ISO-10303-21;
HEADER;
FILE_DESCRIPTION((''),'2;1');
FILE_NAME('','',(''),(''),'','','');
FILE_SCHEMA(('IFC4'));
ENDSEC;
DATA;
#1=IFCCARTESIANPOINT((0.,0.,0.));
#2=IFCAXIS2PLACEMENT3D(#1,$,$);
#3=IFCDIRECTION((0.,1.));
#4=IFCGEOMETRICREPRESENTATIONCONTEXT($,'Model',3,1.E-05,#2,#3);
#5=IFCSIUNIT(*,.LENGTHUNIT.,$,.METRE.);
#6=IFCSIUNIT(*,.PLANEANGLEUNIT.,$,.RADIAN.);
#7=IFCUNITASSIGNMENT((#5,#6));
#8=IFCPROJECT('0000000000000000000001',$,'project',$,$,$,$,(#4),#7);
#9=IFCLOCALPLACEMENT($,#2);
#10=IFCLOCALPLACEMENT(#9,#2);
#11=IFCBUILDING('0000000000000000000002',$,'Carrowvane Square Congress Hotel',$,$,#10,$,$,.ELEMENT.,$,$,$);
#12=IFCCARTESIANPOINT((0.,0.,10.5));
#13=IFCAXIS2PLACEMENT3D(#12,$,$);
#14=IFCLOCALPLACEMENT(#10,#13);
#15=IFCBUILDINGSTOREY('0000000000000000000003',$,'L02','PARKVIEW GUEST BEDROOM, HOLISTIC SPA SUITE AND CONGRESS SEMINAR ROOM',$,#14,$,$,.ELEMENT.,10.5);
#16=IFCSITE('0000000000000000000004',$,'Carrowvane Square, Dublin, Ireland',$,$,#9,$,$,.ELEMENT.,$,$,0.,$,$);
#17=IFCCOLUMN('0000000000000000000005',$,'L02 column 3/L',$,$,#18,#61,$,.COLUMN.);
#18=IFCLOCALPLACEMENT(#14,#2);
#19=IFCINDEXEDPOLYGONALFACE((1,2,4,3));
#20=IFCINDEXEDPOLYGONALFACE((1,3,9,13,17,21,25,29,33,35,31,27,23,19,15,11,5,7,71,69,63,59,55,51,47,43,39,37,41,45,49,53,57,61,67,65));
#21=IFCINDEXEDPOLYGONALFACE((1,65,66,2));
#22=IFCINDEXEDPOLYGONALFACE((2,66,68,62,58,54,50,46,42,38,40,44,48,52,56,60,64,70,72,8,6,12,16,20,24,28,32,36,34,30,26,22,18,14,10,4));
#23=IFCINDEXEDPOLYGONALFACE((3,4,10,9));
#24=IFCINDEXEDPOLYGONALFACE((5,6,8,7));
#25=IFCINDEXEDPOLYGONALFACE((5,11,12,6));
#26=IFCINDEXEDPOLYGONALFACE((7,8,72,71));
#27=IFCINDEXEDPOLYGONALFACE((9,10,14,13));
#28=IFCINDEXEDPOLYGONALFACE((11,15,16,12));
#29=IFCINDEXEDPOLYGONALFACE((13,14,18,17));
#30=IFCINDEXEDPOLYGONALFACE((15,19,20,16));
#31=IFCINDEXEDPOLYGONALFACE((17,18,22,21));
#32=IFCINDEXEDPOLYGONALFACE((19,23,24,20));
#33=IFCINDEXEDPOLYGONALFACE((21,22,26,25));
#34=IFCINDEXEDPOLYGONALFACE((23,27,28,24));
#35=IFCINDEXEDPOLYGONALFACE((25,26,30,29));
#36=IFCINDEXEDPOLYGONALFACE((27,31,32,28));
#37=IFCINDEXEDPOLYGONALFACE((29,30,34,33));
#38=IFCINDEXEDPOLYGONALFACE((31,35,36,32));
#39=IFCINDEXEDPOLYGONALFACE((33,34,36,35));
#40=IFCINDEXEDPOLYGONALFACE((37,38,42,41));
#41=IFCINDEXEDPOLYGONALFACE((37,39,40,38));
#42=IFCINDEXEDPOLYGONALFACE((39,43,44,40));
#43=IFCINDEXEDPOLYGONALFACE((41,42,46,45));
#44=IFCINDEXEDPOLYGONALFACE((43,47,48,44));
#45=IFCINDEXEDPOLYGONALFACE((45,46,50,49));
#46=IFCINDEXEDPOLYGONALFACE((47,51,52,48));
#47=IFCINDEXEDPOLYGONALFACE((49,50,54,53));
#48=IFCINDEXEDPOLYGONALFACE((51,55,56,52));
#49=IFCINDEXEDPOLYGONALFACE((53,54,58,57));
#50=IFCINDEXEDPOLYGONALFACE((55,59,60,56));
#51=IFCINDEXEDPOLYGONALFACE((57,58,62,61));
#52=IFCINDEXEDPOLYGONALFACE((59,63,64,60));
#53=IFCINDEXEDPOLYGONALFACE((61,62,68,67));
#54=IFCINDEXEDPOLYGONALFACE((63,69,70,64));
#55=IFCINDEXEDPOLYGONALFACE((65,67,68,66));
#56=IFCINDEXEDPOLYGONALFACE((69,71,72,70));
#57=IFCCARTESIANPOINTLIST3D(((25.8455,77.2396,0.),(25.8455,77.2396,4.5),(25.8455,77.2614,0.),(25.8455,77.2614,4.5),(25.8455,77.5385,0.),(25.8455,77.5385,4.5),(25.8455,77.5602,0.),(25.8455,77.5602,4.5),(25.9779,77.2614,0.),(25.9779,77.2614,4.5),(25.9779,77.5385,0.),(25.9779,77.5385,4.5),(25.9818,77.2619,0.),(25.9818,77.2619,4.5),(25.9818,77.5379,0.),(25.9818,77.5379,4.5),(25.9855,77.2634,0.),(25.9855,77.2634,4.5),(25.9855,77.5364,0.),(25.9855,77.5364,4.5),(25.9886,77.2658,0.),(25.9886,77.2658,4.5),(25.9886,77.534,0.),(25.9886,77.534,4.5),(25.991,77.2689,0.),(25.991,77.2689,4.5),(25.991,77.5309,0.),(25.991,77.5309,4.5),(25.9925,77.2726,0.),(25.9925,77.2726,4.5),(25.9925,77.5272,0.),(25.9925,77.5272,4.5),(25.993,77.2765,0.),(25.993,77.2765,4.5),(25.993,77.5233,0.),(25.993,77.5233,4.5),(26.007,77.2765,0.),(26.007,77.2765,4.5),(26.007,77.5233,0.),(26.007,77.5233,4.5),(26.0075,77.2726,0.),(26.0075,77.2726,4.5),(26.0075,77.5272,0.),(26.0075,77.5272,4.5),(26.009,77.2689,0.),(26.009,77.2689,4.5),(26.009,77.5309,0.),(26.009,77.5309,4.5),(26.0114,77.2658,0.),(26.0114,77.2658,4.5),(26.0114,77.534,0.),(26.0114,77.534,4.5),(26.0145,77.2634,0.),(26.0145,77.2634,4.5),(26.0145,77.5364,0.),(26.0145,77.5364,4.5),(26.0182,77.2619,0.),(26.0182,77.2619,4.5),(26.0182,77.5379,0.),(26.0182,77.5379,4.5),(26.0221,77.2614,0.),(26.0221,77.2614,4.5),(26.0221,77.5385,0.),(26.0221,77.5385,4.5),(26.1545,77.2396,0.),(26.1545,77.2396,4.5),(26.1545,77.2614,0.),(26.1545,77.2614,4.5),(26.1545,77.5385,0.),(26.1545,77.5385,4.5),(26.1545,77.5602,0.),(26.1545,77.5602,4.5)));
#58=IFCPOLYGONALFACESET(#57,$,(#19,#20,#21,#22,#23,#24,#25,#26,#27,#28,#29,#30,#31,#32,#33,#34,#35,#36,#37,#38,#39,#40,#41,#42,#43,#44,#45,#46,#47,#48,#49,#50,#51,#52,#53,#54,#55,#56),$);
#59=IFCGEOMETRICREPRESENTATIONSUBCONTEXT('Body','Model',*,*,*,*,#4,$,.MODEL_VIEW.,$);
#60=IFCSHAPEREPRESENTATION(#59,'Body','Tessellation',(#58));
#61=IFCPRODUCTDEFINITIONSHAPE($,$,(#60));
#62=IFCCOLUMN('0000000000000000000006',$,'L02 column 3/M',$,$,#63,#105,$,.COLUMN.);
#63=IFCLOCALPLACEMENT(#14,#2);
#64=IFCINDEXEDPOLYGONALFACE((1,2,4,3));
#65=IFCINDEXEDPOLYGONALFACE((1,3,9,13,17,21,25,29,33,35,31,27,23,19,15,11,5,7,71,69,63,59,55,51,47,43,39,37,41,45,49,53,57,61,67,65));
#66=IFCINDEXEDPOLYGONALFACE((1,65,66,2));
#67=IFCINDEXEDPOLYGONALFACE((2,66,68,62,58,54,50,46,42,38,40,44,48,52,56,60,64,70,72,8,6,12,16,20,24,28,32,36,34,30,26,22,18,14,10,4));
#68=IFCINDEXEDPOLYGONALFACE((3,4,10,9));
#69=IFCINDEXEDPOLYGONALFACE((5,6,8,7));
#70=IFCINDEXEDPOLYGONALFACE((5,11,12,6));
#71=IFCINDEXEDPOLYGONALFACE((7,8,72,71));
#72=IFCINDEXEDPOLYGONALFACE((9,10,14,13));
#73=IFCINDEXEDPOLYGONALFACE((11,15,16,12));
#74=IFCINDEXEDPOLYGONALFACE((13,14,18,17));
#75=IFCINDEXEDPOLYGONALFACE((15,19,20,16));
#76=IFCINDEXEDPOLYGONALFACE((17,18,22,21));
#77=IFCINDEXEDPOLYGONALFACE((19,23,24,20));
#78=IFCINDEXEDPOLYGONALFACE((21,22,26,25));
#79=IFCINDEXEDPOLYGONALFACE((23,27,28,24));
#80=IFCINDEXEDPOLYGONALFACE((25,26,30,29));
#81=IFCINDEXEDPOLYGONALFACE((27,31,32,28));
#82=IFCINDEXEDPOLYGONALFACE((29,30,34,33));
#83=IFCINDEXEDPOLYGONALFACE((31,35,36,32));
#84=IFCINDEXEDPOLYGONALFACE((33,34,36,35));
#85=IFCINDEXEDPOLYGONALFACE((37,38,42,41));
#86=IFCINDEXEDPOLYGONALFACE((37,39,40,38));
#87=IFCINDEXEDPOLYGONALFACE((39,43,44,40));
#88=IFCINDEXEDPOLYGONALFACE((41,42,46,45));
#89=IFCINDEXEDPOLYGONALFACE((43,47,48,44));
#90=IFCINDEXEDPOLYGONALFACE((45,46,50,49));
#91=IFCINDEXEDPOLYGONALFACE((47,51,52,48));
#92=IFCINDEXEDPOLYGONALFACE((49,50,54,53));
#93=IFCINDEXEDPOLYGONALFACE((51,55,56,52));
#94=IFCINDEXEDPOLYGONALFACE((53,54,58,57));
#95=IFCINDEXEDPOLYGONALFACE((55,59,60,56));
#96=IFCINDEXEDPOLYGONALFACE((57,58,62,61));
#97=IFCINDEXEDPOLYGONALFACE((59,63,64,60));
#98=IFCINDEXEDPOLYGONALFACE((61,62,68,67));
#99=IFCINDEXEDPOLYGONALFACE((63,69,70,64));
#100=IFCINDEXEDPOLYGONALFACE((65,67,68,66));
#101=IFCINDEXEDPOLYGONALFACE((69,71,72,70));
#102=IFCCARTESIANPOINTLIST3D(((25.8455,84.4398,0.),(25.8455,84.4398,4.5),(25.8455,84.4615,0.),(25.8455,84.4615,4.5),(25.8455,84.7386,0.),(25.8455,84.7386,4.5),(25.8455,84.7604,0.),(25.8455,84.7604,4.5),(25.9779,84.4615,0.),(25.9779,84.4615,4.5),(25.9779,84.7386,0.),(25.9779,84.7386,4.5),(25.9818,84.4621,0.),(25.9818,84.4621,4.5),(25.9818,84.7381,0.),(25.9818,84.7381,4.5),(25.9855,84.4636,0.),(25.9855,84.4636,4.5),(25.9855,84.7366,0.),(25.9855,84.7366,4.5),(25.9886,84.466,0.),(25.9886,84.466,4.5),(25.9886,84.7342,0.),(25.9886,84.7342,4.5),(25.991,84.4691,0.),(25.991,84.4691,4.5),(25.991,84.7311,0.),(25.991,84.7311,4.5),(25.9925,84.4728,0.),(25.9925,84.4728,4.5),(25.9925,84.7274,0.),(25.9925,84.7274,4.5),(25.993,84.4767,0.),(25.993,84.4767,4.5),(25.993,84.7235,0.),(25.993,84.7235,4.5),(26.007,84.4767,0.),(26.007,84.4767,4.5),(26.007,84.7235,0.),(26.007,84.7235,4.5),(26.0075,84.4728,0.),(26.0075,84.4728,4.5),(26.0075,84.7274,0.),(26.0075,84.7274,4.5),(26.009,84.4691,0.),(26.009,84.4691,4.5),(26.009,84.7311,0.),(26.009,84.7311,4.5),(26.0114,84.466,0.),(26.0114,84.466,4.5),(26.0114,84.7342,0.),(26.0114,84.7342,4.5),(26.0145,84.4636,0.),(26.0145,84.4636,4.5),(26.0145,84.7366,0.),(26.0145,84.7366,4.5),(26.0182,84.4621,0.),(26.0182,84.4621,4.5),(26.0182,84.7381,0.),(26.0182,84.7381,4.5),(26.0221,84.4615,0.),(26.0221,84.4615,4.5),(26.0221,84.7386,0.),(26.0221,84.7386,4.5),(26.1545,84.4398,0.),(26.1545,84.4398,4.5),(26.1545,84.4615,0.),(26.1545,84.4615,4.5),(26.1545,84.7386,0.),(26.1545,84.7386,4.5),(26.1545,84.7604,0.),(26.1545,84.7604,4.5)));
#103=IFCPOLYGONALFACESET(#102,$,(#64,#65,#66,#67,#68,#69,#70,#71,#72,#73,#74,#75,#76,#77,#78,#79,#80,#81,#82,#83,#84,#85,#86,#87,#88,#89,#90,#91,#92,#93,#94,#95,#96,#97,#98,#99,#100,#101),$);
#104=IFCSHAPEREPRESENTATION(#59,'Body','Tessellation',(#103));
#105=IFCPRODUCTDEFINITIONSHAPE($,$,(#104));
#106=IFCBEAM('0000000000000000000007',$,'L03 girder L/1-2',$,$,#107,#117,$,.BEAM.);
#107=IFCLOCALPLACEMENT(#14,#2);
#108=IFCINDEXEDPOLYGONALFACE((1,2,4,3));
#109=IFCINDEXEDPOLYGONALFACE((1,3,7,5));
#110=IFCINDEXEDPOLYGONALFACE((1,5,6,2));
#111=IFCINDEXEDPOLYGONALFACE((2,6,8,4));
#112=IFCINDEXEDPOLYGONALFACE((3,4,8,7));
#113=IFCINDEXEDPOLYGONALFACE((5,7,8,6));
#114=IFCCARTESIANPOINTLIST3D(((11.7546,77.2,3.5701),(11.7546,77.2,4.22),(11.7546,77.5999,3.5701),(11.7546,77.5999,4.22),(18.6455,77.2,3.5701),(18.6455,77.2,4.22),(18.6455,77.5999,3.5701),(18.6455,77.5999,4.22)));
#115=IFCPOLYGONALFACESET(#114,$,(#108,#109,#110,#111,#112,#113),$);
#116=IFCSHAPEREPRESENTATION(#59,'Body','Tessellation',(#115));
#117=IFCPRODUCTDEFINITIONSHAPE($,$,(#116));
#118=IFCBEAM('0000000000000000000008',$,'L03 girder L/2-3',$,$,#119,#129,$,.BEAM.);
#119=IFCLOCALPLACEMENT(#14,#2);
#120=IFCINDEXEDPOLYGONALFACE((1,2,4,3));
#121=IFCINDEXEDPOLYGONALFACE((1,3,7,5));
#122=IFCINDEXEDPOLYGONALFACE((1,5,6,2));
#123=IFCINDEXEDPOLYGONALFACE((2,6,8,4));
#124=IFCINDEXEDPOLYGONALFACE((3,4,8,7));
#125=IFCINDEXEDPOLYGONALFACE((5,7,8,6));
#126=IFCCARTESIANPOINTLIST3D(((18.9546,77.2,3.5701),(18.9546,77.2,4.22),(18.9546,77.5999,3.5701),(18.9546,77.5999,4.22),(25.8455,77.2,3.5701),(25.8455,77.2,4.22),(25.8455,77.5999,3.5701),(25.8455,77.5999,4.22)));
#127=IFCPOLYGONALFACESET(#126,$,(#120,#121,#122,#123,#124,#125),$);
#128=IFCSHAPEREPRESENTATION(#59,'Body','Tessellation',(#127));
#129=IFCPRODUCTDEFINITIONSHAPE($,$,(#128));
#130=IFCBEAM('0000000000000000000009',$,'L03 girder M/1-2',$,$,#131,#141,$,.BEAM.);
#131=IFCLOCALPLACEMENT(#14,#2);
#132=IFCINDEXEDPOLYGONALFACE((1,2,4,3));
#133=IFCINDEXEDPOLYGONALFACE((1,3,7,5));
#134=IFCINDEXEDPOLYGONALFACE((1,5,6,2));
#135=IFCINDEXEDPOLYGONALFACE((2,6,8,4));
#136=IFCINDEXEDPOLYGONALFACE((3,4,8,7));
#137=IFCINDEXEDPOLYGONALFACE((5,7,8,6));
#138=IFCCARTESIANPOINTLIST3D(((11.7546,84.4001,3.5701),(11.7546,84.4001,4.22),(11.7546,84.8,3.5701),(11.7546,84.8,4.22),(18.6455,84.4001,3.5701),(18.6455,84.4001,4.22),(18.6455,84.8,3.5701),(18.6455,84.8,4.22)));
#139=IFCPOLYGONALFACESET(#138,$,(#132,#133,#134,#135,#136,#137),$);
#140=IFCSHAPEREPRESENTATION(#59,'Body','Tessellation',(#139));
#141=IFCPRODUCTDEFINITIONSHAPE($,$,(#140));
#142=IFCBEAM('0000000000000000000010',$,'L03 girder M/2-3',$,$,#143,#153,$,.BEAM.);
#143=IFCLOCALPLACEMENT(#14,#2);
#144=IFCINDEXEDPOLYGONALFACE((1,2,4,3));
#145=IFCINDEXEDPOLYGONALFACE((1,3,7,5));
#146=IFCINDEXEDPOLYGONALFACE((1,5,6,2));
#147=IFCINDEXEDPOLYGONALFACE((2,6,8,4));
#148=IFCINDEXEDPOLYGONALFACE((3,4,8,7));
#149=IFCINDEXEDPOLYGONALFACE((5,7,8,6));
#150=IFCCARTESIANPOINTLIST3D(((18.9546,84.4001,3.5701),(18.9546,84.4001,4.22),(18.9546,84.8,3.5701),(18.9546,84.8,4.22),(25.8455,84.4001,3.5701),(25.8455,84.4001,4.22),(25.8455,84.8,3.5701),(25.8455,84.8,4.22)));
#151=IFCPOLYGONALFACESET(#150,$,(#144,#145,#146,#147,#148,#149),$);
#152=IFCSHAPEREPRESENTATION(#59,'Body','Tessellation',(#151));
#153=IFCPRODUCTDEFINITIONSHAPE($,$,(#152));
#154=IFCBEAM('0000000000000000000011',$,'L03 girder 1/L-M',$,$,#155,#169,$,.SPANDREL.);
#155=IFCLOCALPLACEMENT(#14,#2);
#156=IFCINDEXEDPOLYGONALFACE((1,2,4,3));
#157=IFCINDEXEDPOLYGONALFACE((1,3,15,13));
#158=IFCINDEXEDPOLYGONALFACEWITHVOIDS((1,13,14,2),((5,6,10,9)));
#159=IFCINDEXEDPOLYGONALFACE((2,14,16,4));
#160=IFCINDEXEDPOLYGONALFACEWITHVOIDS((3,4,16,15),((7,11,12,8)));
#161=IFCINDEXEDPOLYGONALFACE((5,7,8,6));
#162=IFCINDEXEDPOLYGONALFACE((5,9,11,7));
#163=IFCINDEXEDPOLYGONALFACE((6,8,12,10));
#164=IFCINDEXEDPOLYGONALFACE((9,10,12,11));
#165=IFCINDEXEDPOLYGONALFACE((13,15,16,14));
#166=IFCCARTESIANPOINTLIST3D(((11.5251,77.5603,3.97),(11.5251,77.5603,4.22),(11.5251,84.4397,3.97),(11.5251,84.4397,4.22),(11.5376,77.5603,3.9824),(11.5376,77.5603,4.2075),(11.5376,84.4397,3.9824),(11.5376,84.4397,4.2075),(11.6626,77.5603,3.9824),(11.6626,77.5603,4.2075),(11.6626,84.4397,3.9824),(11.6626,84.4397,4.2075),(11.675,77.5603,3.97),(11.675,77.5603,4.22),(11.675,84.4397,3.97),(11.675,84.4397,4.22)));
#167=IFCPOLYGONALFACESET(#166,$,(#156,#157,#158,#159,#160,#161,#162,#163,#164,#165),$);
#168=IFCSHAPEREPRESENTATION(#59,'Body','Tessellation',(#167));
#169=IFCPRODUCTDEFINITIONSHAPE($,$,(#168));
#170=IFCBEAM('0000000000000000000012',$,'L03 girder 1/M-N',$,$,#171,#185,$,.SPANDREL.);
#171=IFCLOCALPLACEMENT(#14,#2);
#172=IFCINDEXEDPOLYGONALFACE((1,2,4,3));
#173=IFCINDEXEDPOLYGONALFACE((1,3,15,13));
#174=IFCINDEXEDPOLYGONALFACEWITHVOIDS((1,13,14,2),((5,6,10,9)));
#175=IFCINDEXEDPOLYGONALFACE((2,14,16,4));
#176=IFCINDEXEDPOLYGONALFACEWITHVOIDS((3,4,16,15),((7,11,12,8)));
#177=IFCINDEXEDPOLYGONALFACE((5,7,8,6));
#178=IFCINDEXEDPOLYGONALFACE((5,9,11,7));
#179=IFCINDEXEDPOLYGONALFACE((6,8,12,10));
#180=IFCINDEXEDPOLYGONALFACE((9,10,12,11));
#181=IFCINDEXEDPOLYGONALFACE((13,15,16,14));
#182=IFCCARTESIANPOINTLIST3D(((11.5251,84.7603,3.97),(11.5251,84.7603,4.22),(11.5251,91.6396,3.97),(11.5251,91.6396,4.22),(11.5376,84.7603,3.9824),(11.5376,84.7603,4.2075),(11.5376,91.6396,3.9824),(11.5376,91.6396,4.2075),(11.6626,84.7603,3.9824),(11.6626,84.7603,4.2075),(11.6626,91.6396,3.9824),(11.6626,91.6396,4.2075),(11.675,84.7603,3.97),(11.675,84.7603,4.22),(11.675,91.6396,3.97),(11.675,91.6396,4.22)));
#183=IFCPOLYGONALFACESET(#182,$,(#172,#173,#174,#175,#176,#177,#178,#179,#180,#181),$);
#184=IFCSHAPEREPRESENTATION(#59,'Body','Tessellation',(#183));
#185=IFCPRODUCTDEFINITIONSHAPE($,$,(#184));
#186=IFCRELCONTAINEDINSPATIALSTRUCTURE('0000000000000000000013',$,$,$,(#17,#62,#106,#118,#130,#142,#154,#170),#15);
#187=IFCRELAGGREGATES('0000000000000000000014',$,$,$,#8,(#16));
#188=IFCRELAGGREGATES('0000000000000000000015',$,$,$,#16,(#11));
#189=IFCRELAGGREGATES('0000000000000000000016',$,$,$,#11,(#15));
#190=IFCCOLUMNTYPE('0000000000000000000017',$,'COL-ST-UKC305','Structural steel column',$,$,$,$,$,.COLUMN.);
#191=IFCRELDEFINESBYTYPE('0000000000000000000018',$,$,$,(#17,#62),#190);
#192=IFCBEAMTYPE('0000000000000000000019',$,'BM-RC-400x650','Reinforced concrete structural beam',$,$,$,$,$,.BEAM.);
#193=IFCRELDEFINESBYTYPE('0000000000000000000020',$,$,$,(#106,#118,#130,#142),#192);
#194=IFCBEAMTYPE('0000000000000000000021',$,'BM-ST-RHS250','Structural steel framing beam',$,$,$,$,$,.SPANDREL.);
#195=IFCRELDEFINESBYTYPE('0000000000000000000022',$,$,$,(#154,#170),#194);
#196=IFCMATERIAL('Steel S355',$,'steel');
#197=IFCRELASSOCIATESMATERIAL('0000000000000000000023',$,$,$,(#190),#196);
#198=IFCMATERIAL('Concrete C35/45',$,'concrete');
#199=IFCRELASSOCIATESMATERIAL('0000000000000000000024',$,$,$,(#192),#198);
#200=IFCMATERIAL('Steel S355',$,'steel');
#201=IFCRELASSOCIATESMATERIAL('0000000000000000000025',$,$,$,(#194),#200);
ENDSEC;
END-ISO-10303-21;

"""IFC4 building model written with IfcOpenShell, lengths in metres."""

from ifc_helpers import new_model, si_unit, direction, frame, origin, origin_2d, place, context, subcontext, project, spatial, rectangle, hollow_rectangle, i_section, extrude, material, material_profile, profile_set, type_object, element, save


model = new_model("IFC4")

# Units and contexts
model_context = context("Model", 3, precision=1e-05, world=origin(), true_north=direction((0.0, 1.0)))
body_context = subcontext(model_context, "Body", "Model", "MODEL_VIEW")
ifc_project = project(units=[si_unit("LENGTHUNIT", "METRE"), si_unit("PLANEANGLEUNIT", "RADIAN")], contexts=[model_context])

# Site, building, storey
site_placement = place(None, origin())
site = spatial("IfcSite", under=ifc_project, at=site_placement, Name="Carrowvane Square, Dublin, Ireland", CompositionType="ELEMENT", RefElevation=0.0)
building_placement = place(site_placement, origin())
building = spatial("IfcBuilding", under=site, at=building_placement, Name="Carrowvane Square Congress Hotel", CompositionType="ELEMENT")
storey_placement = place(building_placement, frame((0.0, 0.0, 10.5)))
storey = spatial("IfcBuildingStorey", under=building, at=storey_placement, Name="L02", Description="PARKVIEW GUEST BEDROOM, HOLISTIC SPA SUITE AND CONGRESS SEMINAR ROOM", CompositionType="ELEMENT", Elevation=10.5)

# Columns
ifc_material_1 = material(Name="Steel S355", Category="steel")
ifc_material_profile_1 = material_profile(ifc_material_1, i_section(OverallWidth=0.3091, OverallDepth=0.3206, WebThickness=0.0139, FlangeThickness=0.0217, FilletRadius=0.0151, at=origin_2d()), Name="UKC 305x305x137")
ifc_profile_set_1 = profile_set([ifc_material_profile_1], Name="Steel S355")
column_type = type_object("IfcColumnType", Name="COL-ST-UKC305", Description="Structural steel column", PredefinedType="COLUMN", material=ifc_profile_set_1)
for number, where, z_axis, x_axis, name in (
    (1, (26.0, 77.3999, 0.0), (0.0, 0.0, 1.0), (1.0, 0.0, 0.0), "L02 column 3/L"),
    (2, (26.0, 84.6001, 0.0), (0.0, 0.0, 1.0), (1.0, 0.0, 0.0), "L02 column 3/M"),
):
    element("IfcColumn", number, at=place(storey_placement, frame(where, z_axis=z_axis, x_axis=x_axis)), inside=storey, type_object=column_type, Name=name, PredefinedType="COLUMN", context=body_context, shape_type="SweptSolid", body=[
        extrude(i_section(OverallWidth=0.3091, OverallDepth=0.3206, WebThickness=0.0139, FlangeThickness=0.0217, FilletRadius=0.0151, at=origin_2d()), origin(), (0.0, 0.0, 1.0), 4.5),
    ])

# Beams
ifc_material_2 = material(Name="Concrete C35/45", Category="concrete")
ifc_material_profile_2 = material_profile(ifc_material_2, rectangle(XDim=0.3999, YDim=0.6499, at=origin_2d()), Name="RC 400x650")
ifc_profile_set_2 = profile_set([ifc_material_profile_2], Name="Concrete C35/45")
beam_type_1 = type_object("IfcBeamType", Name="BM-RC-400x650", Description="Reinforced concrete structural beam", PredefinedType="BEAM", material=ifc_profile_set_2)
for number, where, z_axis, x_axis, name in (
    (3, (11.7546, 77.3999, 3.895), (1.0, 0.0, 0.0), (0.0, 1.0, 0.0), "L03 girder L/1-2"),
    (4, (18.9546, 77.3999, 3.895), (1.0, 0.0, 0.0), (0.0, 1.0, 0.0), "L03 girder L/2-3"),
    (5, (11.7546, 84.6001, 3.895), (1.0, 0.0, 0.0), (0.0, 1.0, 0.0), "L03 girder M/1-2"),
    (6, (18.9546, 84.6001, 3.895), (1.0, 0.0, 0.0), (0.0, 1.0, 0.0), "L03 girder M/2-3"),
):
    element("IfcBeam", number, at=place(storey_placement, frame(where, z_axis=z_axis, x_axis=x_axis)), inside=storey, type_object=beam_type_1, Name=name, PredefinedType="BEAM", context=body_context, shape_type="SweptSolid", body=[
        extrude(rectangle(XDim=0.3999, YDim=0.6499, at=origin_2d()), origin(), (0.0, 0.0, 1.0), 6.8909),
    ])
ifc_material_3 = material(Name="Steel S355", Category="steel")
ifc_material_profile_3 = material_profile(ifc_material_3, hollow_rectangle(XDim=0.1499, YDim=0.25, WallThickness=0.0125, at=origin_2d()), Name="RHS 250x150x12.5")
ifc_profile_set_3 = profile_set([ifc_material_profile_3], Name="Steel S355")
beam_type_2 = type_object("IfcBeamType", Name="BM-ST-RHS250", Description="Structural steel framing beam", PredefinedType="SPANDREL", material=ifc_profile_set_3)
for number, where, z_axis, x_axis, name in (
    (7, (11.6001, 77.5603, 4.095), (0.0, 1.0, 0.0), (-1.0, 0.0, 0.0), "L03 girder 1/L-M"),
    (8, (11.6001, 84.7603, 4.095), (0.0, 1.0, 0.0), (-1.0, 0.0, 0.0), "L03 girder 1/M-N"),
):
    element("IfcBeam", number, at=place(storey_placement, frame(where, z_axis=z_axis, x_axis=x_axis)), inside=storey, type_object=beam_type_2, Name=name, PredefinedType="SPANDREL", context=body_context, shape_type="SweptSolid", body=[
        extrude(hollow_rectangle(XDim=0.1499, YDim=0.25, WallThickness=0.0125, at=origin_2d()), origin(), (0.0, 0.0, 1.0), 6.8794),
    ])

save(model, "model.ifc")
